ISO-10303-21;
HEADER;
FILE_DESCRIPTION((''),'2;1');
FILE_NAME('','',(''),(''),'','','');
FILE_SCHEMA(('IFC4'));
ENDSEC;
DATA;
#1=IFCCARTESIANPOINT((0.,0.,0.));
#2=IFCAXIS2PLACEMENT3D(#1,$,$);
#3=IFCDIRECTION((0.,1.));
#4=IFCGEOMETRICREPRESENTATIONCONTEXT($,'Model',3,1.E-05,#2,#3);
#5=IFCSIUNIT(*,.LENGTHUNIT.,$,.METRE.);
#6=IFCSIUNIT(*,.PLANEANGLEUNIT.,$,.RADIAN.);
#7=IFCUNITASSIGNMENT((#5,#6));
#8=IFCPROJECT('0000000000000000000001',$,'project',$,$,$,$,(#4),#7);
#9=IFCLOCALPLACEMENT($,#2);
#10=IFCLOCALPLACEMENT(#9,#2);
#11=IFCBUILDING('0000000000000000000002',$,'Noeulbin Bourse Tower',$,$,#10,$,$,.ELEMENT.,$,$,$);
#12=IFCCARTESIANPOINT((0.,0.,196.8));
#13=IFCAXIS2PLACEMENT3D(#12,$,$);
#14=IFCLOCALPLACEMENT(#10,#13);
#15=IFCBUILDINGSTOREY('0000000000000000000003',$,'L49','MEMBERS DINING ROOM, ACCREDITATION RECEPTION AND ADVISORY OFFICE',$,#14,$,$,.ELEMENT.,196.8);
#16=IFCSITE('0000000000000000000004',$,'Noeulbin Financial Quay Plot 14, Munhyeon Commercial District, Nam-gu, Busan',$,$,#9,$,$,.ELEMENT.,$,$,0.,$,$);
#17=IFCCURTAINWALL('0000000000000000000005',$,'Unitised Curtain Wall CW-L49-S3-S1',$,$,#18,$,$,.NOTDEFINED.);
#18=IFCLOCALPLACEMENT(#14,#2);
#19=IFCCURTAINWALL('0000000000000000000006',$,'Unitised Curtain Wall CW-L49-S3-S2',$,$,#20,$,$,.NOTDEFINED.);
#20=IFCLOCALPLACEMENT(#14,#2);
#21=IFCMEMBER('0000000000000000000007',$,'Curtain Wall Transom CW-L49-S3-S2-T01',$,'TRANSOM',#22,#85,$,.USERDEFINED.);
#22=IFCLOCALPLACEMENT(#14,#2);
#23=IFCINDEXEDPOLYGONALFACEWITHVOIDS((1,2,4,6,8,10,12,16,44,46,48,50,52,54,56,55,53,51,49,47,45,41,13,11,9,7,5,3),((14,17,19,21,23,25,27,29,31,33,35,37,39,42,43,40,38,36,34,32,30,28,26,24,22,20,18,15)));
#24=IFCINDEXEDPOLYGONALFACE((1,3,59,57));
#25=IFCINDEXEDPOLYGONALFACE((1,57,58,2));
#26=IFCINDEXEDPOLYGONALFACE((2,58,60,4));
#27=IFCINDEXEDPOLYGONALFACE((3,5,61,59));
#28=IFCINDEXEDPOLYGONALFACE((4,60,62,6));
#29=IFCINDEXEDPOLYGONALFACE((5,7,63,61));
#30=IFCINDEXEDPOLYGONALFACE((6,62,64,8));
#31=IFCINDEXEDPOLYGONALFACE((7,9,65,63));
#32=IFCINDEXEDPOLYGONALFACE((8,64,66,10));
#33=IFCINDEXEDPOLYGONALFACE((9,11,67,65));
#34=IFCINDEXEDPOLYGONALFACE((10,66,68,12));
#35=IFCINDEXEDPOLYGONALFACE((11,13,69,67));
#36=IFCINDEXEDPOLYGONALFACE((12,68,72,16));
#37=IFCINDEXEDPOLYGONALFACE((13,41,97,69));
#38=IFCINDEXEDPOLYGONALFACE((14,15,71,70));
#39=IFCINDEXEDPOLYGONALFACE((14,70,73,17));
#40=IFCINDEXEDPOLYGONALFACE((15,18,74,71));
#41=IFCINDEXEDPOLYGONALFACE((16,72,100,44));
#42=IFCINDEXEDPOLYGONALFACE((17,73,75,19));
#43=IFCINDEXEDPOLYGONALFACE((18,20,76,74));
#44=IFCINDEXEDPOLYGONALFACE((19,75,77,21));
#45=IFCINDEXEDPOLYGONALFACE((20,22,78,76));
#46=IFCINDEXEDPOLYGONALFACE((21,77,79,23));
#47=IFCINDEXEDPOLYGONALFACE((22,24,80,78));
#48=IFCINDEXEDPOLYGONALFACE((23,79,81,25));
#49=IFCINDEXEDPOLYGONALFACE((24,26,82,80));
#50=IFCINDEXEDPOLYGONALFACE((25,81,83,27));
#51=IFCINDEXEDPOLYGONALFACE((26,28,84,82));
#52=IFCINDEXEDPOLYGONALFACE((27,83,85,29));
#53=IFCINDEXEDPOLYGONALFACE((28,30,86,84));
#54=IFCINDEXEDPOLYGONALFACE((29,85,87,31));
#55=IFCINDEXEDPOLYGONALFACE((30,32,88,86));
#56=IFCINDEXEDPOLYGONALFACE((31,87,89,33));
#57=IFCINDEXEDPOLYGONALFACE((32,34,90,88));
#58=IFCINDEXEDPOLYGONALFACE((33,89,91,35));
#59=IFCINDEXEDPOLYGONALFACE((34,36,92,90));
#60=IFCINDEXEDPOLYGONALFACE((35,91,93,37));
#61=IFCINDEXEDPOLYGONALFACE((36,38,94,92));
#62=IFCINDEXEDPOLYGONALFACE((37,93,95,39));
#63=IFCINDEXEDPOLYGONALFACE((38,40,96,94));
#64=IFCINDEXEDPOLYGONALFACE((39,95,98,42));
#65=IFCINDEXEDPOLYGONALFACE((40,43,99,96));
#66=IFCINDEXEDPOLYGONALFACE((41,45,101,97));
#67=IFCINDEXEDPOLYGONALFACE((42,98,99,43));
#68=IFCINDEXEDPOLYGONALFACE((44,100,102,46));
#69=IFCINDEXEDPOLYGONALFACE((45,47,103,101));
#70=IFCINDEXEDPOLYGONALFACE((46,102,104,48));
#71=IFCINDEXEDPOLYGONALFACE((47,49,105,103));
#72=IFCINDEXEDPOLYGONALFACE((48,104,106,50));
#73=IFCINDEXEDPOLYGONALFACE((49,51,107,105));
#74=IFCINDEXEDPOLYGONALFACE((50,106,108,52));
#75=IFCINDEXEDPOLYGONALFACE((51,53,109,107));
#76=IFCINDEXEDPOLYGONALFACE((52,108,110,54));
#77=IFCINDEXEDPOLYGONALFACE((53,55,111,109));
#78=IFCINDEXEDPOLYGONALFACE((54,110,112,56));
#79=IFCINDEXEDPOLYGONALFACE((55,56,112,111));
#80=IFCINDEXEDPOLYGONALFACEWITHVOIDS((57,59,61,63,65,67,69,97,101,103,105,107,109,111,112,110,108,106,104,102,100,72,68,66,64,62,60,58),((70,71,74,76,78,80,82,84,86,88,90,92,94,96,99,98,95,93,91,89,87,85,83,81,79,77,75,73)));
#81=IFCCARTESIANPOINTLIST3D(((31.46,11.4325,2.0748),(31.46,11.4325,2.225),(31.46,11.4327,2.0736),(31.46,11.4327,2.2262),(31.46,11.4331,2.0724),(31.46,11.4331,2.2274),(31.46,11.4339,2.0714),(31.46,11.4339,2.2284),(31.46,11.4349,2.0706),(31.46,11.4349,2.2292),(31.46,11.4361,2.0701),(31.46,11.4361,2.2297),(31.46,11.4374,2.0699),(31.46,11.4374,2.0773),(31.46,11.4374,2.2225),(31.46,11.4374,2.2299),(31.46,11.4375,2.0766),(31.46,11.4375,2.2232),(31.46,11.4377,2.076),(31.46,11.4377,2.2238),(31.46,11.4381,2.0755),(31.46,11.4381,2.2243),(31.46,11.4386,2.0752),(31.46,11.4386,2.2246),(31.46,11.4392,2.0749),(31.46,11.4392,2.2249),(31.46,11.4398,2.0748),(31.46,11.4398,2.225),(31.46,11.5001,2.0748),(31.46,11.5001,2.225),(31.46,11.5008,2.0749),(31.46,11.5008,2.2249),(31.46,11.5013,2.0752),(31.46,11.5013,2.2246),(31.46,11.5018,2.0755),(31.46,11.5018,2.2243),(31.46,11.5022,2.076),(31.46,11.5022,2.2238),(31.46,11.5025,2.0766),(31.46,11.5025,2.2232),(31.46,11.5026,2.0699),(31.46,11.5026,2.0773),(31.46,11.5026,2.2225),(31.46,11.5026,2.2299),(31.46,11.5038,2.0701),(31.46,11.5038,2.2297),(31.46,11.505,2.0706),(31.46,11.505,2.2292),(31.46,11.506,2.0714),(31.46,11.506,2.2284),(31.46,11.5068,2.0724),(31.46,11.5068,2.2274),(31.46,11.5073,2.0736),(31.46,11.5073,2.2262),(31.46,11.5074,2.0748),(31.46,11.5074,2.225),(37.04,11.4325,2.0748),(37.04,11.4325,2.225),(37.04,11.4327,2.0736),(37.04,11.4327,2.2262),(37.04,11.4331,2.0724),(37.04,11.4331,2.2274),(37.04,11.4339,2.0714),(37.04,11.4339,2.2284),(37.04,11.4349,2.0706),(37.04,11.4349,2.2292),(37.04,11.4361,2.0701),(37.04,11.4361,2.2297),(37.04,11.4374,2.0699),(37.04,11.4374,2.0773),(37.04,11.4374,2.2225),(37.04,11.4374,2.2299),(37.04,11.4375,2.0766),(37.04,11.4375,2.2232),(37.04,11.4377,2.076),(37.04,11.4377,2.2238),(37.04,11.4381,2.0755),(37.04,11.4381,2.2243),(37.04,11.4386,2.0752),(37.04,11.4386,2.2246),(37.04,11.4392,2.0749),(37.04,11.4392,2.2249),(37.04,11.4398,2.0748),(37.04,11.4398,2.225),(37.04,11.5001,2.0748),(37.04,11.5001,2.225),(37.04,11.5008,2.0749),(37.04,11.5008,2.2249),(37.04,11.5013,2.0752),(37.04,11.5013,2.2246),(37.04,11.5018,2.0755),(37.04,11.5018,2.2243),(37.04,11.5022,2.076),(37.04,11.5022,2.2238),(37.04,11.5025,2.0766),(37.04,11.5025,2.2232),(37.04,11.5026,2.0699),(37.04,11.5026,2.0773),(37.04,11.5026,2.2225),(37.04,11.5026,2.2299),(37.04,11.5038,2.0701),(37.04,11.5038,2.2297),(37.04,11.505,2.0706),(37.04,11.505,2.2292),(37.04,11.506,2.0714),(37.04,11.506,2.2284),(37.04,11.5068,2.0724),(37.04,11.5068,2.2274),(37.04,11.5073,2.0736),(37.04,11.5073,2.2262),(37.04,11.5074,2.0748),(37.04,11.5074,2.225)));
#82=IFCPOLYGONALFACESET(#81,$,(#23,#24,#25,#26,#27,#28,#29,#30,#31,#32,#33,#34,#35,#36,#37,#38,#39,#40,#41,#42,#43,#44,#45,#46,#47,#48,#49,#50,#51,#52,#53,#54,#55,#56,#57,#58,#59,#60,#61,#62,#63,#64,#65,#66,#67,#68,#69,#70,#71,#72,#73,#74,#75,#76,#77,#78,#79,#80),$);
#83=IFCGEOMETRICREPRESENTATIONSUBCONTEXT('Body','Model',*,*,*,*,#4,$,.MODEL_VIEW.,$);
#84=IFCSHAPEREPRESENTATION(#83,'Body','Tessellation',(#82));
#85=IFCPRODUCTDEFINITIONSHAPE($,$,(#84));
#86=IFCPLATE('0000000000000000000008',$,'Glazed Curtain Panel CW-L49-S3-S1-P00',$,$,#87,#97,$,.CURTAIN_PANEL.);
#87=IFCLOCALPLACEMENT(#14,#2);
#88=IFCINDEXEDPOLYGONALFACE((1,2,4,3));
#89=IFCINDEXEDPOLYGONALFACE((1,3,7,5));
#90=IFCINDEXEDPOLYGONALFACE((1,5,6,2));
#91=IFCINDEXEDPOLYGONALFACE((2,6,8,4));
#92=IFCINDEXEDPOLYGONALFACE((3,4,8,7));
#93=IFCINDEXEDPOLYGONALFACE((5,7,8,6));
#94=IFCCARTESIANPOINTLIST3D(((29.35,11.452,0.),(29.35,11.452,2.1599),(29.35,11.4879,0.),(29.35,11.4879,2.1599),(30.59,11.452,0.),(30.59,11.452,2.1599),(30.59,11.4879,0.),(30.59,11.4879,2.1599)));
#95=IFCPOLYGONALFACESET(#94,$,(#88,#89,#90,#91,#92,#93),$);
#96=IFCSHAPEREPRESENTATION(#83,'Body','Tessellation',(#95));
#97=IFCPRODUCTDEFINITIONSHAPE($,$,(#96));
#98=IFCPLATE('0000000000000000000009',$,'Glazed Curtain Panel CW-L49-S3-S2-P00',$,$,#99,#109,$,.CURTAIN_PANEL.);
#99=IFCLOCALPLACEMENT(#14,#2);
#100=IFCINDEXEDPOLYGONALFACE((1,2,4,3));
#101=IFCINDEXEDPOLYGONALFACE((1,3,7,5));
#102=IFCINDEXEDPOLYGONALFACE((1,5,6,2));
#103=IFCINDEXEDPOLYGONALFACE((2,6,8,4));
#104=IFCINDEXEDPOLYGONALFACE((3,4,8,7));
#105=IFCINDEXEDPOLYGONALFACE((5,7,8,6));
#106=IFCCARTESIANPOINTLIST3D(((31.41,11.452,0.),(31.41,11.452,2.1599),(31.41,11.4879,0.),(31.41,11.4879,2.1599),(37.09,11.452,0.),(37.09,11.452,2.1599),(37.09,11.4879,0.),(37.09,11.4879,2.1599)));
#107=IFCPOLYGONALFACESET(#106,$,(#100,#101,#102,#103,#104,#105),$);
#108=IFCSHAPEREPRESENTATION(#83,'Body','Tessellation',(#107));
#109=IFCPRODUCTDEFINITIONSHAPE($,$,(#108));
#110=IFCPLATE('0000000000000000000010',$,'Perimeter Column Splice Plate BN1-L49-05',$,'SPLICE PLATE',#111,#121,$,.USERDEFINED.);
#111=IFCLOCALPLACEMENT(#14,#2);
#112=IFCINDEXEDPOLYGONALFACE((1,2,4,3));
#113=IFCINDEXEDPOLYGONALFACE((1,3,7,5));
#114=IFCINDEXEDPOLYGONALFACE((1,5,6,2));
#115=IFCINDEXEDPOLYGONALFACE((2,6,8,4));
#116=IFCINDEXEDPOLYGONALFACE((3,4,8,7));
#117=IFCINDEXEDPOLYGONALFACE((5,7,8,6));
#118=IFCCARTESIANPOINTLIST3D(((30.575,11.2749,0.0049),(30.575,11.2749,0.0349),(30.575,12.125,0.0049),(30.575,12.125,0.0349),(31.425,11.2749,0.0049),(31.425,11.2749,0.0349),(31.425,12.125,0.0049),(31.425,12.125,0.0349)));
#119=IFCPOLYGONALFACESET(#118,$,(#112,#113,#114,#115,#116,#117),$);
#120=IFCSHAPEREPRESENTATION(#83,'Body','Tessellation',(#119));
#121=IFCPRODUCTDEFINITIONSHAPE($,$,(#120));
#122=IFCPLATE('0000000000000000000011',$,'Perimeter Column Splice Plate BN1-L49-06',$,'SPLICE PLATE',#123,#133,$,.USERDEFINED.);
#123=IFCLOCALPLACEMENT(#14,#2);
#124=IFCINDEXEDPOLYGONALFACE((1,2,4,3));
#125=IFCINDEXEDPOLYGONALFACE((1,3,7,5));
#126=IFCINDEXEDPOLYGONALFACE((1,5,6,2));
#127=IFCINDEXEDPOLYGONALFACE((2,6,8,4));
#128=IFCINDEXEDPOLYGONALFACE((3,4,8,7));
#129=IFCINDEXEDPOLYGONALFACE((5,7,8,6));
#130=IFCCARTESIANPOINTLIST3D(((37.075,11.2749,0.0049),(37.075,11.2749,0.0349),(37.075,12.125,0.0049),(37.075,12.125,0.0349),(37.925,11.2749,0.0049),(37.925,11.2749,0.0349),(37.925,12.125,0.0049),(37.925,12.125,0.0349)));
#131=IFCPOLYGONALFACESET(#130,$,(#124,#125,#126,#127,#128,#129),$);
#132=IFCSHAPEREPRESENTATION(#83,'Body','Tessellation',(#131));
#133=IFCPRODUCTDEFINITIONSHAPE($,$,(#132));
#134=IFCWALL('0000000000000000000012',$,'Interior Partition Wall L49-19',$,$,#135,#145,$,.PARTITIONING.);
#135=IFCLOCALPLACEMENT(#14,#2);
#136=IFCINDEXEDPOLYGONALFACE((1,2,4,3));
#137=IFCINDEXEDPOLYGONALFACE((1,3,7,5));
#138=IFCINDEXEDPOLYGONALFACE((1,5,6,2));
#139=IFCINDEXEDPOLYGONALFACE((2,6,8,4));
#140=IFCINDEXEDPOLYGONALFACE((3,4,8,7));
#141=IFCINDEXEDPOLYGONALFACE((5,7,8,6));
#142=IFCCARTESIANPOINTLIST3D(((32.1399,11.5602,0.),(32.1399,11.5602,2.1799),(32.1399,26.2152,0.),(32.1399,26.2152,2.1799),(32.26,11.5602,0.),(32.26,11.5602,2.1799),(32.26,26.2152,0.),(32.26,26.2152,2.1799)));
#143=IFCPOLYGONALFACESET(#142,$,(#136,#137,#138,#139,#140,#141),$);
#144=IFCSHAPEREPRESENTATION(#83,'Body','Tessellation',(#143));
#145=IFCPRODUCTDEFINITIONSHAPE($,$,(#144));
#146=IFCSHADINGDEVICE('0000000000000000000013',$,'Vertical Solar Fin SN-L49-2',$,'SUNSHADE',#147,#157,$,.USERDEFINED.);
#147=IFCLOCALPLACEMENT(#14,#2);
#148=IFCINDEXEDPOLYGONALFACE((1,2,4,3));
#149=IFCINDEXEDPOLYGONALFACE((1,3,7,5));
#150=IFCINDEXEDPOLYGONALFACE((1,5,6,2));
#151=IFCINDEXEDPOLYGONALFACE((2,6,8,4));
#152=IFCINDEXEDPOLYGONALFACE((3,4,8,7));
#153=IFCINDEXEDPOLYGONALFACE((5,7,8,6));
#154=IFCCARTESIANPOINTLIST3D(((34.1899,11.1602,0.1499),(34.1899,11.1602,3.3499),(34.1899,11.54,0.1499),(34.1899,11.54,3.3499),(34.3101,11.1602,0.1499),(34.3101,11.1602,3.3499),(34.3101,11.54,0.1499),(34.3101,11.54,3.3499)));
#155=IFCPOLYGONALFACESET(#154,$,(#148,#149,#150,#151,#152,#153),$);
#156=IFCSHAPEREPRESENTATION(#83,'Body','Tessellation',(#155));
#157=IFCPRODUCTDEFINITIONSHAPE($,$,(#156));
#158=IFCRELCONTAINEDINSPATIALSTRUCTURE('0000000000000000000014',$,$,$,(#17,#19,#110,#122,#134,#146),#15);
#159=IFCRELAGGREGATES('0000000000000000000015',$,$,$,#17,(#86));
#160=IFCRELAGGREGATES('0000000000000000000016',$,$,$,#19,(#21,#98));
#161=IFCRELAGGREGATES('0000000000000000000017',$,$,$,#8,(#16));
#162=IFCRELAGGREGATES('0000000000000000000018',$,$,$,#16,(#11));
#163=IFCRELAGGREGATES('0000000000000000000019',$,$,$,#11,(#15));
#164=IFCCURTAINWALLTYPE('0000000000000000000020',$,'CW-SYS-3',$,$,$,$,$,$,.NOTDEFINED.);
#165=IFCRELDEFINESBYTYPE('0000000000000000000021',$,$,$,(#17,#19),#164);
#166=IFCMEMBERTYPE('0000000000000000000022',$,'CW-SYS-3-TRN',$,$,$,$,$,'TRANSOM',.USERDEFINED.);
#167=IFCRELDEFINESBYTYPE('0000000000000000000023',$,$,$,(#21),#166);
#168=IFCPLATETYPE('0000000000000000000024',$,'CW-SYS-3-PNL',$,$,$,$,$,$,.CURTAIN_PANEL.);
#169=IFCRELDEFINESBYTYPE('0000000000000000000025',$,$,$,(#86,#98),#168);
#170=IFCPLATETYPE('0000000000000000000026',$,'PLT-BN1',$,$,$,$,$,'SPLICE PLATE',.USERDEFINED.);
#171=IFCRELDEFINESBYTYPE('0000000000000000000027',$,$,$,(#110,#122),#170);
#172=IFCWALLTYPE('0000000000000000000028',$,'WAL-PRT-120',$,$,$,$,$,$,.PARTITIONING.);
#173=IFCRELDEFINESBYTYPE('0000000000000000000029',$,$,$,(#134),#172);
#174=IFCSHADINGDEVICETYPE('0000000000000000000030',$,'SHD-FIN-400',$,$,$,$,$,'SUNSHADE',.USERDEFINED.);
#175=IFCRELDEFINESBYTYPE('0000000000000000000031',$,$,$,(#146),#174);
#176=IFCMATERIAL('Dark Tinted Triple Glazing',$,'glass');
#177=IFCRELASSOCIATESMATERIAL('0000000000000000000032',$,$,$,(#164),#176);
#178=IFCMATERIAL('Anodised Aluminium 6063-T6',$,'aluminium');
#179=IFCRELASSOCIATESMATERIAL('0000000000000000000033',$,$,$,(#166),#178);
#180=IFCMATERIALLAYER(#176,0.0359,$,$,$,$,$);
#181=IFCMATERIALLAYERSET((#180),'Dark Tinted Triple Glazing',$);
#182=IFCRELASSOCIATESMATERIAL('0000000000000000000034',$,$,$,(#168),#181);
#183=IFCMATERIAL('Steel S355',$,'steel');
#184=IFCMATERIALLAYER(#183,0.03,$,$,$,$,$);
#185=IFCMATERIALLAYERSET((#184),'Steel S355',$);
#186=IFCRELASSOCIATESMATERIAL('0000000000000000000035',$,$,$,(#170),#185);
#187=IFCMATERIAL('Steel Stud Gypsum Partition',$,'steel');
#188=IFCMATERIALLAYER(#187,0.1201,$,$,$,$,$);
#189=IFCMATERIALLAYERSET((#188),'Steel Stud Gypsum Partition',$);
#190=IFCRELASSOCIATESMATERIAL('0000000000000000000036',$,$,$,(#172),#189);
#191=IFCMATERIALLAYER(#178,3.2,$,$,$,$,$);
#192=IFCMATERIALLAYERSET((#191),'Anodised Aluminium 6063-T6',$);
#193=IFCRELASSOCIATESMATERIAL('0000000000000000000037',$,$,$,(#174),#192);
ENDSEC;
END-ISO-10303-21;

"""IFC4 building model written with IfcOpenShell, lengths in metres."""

from ifc_helpers import new_model, si_unit, direction, frame, frame_2d, origin, origin_2d, place, context, subcontext, project, spatial, rectangle, hollow_rectangle, extrude, material, layer, layer_set, material_profile, profile_set, type_object, element, aggregate, save


model = new_model("IFC4")

# Units and contexts
model_context = context("Model", 3, precision=1e-05, world=origin(), true_north=direction((0.0, 1.0)))
body_context = subcontext(model_context, "Body", "Model", "MODEL_VIEW")
ifc_project = project(units=[si_unit("LENGTHUNIT", "METRE"), si_unit("PLANEANGLEUNIT", "RADIAN")], contexts=[model_context])

# Site, building, storey
site_placement = place(None, origin())
site = spatial("IfcSite", under=ifc_project, at=site_placement, Name="Noeulbin Financial Quay Plot 14, Munhyeon Commercial District, Nam-gu, Busan", CompositionType="ELEMENT", RefElevation=0.0)
building_placement = place(site_placement, origin())
building = spatial("IfcBuilding", under=site, at=building_placement, Name="Noeulbin Bourse Tower", CompositionType="ELEMENT")
storey_placement = place(building_placement, frame((0.0, 0.0, 196.8)))
storey = spatial("IfcBuildingStorey", under=building, at=storey_placement, Name="L49", Description="MEMBERS DINING ROOM, ACCREDITATION RECEPTION AND ADVISORY OFFICE", CompositionType="ELEMENT", Elevation=196.8)

# Shared definitions
ifc_material_1 = material(Name="Steel S355", Category="steel")

# Curtain wall
ifc_material_2 = material(Name="Dark Tinted Triple Glazing", Category="glass")
curtain_wall_type = type_object("IfcCurtainWallType", Name="CW-SYS-3", PredefinedType="NOTDEFINED", material=ifc_material_2)
curtain_wall_1_placement = place(storey_placement, origin())
curtain_wall_1 = element("IfcCurtainWall", 1, at=curtain_wall_1_placement, inside=storey, type_object=curtain_wall_type, Name="Unitised Curtain Wall CW-L49-S3-S1", PredefinedType="NOTDEFINED")
ifc_material_3 = material(Name="Anodised Aluminium 6063-T6", Category="aluminium")

# Curtain wall
curtain_wall_2_placement = place(storey_placement, origin())
curtain_wall_2 = element("IfcCurtainWall", 2, at=curtain_wall_2_placement, inside=storey, type_object=curtain_wall_type, Name="Unitised Curtain Wall CW-L49-S3-S2", PredefinedType="NOTDEFINED")

# Member
ifc_material_profile_1 = material_profile(ifc_material_3, hollow_rectangle(XDim=0.075, YDim=0.1599, WallThickness=0.0049, InnerFilletRadius=0.0024, OuterFilletRadius=0.0049, at=origin_2d()), Name="ALU-TRAN-75x160x5", Category="LoadBearing")
ifc_profile_set_1 = profile_set([ifc_material_profile_1], Name="Anodised Aluminium 6063-T6")
member_type_1 = type_object("IfcMemberType", Name="CW-SYS-3-TRN", ElementType="TRANSOM", PredefinedType="USERDEFINED", material=ifc_profile_set_1)
member_1_placement = place(storey_placement, frame((31.46, 11.47, 2.1499), z_axis=(1.0, 0.0, 0.0), x_axis=(0.0, 1.0, 0.0)))
member_1 = element("IfcMember", 3, at=member_1_placement, type_object=member_type_1, Name="Curtain Wall Transom CW-L49-S3-S2-T01", ObjectType="TRANSOM", PredefinedType="USERDEFINED", context=body_context, shape_type="SweptSolid", body=[
    extrude(hollow_rectangle(XDim=0.075, YDim=0.1599, WallThickness=0.0049, InnerFilletRadius=0.0024, OuterFilletRadius=0.0049, at=origin_2d()), origin(), (0.0, 0.0, 1.0), 5.5801),
])

# Plates
ifc_layer_1 = layer(ifc_material_2, 0.0359)
ifc_layer_set_1 = layer_set([ifc_layer_1], Name="Dark Tinted Triple Glazing")
plate_type_1 = type_object("IfcPlateType", Name="CW-SYS-3-PNL", PredefinedType="CURTAIN_PANEL", material=ifc_layer_set_1)
plate_1_placement = place(storey_placement, frame((29.97, 11.47, 0.0), z_axis=(0.0, 0.0, 1.0), x_axis=(1.0, 0.0, 0.0)))
plate_1 = element("IfcPlate", 4, at=plate_1_placement, type_object=plate_type_1, Name="Glazed Curtain Panel CW-L49-S3-S1-P00", PredefinedType="CURTAIN_PANEL", context=body_context, shape_type="SweptSolid", body=[
    extrude(rectangle(XDim=1.24, YDim=0.0359, at=origin_2d()), origin(), (0.0, 0.0, 1.0), 2.1599),
])
aggregate(curtain_wall_1, [plate_1])
plate_2_placement = place(storey_placement, frame((34.25, 11.47, 0.0), z_axis=(0.0, 0.0, 1.0), x_axis=(1.0, 0.0, 0.0)))
plate_2 = element("IfcPlate", 5, at=plate_2_placement, type_object=plate_type_1, Name="Glazed Curtain Panel CW-L49-S3-S2-P00", PredefinedType="CURTAIN_PANEL", context=body_context, shape_type="SweptSolid", body=[
    extrude(rectangle(XDim=5.6799, YDim=0.0359, at=origin_2d()), origin(), (0.0, 0.0, 1.0), 2.1599),
])
aggregate(curtain_wall_2, [member_1, plate_2])

# Plates
ifc_layer_2 = layer(ifc_material_1, 0.03)
ifc_layer_set_2 = layer_set([ifc_layer_2], Name="Steel S355")
plate_type_2 = type_object("IfcPlateType", Name="PLT-BN1", ElementType="SPLICE PLATE", PredefinedType="USERDEFINED", material=ifc_layer_set_2)
for number, where, z_axis, x_axis, name in (
    (6, (31.0, 11.7, 0.0049), (0.0, 0.0, 1.0), (1.0, 0.0, 0.0), "Perimeter Column Splice Plate BN1-L49-05"),
    (7, (37.5, 11.7, 0.0049), (0.0, 0.0, 1.0), (1.0, 0.0, 0.0), "Perimeter Column Splice Plate BN1-L49-06"),
):
    element("IfcPlate", number, at=place(storey_placement, frame(where, z_axis=z_axis, x_axis=x_axis)), inside=storey, type_object=plate_type_2, Name=name, ObjectType="SPLICE PLATE", PredefinedType="USERDEFINED", context=body_context, shape_type="SweptSolid", body=[
        extrude(rectangle(XDim=0.8501, YDim=0.8501, at=origin_2d()), origin(), (0.0, 0.0, 1.0), 0.03),
    ])

# Wall
ifc_material_4 = material(Name="Steel Stud Gypsum Partition", Category="steel")
ifc_layer_3 = layer(ifc_material_4, 0.1201)
ifc_layer_set_3 = layer_set([ifc_layer_3], Name="Steel Stud Gypsum Partition")
wall_type = type_object("IfcWallType", Name="WAL-PRT-120", PredefinedType="PARTITIONING", material=ifc_layer_set_3)
wall_placement = place(storey_placement, frame((32.2, 11.5601, 0.0), z_axis=(0.0, 0.0, 1.0), x_axis=(0.0, 1.0, 0.0)))
element("IfcWall", 8, at=wall_placement, inside=storey, type_object=wall_type, Name="Interior Partition Wall L49-19", PredefinedType="PARTITIONING", context=body_context, shape_type="SweptSolid", body=[
    extrude(rectangle(XDim=14.655, YDim=0.1201, at=frame_2d((7.3276, 0.0))), origin(), (0.0, 0.0, 1.0), 2.1799),
])

# Shading device
ifc_layer_4 = layer(ifc_material_3, 3.2)
ifc_layer_set_4 = layer_set([ifc_layer_4], Name="Anodised Aluminium 6063-T6")
shading_device_type = type_object("IfcShadingDeviceType", Name="SHD-FIN-400", ElementType="SUNSHADE", PredefinedType="USERDEFINED", material=ifc_layer_set_4)
shading_device_placement = place(storey_placement, frame((34.25, 11.3501, 0.1499), z_axis=(0.0, 0.0, 1.0), x_axis=(1.0, 0.0, 0.0)))
element("IfcShadingDevice", 9, at=shading_device_placement, inside=storey, type_object=shading_device_type, Name="Vertical Solar Fin SN-L49-2", ObjectType="SUNSHADE", PredefinedType="USERDEFINED", context=body_context, shape_type="SweptSolid", body=[
    extrude(rectangle(XDim=0.1201, YDim=0.3799, at=origin_2d()), origin(), (0.0, 0.0, 1.0), 3.2),
])

save(model, "model.ifc")
